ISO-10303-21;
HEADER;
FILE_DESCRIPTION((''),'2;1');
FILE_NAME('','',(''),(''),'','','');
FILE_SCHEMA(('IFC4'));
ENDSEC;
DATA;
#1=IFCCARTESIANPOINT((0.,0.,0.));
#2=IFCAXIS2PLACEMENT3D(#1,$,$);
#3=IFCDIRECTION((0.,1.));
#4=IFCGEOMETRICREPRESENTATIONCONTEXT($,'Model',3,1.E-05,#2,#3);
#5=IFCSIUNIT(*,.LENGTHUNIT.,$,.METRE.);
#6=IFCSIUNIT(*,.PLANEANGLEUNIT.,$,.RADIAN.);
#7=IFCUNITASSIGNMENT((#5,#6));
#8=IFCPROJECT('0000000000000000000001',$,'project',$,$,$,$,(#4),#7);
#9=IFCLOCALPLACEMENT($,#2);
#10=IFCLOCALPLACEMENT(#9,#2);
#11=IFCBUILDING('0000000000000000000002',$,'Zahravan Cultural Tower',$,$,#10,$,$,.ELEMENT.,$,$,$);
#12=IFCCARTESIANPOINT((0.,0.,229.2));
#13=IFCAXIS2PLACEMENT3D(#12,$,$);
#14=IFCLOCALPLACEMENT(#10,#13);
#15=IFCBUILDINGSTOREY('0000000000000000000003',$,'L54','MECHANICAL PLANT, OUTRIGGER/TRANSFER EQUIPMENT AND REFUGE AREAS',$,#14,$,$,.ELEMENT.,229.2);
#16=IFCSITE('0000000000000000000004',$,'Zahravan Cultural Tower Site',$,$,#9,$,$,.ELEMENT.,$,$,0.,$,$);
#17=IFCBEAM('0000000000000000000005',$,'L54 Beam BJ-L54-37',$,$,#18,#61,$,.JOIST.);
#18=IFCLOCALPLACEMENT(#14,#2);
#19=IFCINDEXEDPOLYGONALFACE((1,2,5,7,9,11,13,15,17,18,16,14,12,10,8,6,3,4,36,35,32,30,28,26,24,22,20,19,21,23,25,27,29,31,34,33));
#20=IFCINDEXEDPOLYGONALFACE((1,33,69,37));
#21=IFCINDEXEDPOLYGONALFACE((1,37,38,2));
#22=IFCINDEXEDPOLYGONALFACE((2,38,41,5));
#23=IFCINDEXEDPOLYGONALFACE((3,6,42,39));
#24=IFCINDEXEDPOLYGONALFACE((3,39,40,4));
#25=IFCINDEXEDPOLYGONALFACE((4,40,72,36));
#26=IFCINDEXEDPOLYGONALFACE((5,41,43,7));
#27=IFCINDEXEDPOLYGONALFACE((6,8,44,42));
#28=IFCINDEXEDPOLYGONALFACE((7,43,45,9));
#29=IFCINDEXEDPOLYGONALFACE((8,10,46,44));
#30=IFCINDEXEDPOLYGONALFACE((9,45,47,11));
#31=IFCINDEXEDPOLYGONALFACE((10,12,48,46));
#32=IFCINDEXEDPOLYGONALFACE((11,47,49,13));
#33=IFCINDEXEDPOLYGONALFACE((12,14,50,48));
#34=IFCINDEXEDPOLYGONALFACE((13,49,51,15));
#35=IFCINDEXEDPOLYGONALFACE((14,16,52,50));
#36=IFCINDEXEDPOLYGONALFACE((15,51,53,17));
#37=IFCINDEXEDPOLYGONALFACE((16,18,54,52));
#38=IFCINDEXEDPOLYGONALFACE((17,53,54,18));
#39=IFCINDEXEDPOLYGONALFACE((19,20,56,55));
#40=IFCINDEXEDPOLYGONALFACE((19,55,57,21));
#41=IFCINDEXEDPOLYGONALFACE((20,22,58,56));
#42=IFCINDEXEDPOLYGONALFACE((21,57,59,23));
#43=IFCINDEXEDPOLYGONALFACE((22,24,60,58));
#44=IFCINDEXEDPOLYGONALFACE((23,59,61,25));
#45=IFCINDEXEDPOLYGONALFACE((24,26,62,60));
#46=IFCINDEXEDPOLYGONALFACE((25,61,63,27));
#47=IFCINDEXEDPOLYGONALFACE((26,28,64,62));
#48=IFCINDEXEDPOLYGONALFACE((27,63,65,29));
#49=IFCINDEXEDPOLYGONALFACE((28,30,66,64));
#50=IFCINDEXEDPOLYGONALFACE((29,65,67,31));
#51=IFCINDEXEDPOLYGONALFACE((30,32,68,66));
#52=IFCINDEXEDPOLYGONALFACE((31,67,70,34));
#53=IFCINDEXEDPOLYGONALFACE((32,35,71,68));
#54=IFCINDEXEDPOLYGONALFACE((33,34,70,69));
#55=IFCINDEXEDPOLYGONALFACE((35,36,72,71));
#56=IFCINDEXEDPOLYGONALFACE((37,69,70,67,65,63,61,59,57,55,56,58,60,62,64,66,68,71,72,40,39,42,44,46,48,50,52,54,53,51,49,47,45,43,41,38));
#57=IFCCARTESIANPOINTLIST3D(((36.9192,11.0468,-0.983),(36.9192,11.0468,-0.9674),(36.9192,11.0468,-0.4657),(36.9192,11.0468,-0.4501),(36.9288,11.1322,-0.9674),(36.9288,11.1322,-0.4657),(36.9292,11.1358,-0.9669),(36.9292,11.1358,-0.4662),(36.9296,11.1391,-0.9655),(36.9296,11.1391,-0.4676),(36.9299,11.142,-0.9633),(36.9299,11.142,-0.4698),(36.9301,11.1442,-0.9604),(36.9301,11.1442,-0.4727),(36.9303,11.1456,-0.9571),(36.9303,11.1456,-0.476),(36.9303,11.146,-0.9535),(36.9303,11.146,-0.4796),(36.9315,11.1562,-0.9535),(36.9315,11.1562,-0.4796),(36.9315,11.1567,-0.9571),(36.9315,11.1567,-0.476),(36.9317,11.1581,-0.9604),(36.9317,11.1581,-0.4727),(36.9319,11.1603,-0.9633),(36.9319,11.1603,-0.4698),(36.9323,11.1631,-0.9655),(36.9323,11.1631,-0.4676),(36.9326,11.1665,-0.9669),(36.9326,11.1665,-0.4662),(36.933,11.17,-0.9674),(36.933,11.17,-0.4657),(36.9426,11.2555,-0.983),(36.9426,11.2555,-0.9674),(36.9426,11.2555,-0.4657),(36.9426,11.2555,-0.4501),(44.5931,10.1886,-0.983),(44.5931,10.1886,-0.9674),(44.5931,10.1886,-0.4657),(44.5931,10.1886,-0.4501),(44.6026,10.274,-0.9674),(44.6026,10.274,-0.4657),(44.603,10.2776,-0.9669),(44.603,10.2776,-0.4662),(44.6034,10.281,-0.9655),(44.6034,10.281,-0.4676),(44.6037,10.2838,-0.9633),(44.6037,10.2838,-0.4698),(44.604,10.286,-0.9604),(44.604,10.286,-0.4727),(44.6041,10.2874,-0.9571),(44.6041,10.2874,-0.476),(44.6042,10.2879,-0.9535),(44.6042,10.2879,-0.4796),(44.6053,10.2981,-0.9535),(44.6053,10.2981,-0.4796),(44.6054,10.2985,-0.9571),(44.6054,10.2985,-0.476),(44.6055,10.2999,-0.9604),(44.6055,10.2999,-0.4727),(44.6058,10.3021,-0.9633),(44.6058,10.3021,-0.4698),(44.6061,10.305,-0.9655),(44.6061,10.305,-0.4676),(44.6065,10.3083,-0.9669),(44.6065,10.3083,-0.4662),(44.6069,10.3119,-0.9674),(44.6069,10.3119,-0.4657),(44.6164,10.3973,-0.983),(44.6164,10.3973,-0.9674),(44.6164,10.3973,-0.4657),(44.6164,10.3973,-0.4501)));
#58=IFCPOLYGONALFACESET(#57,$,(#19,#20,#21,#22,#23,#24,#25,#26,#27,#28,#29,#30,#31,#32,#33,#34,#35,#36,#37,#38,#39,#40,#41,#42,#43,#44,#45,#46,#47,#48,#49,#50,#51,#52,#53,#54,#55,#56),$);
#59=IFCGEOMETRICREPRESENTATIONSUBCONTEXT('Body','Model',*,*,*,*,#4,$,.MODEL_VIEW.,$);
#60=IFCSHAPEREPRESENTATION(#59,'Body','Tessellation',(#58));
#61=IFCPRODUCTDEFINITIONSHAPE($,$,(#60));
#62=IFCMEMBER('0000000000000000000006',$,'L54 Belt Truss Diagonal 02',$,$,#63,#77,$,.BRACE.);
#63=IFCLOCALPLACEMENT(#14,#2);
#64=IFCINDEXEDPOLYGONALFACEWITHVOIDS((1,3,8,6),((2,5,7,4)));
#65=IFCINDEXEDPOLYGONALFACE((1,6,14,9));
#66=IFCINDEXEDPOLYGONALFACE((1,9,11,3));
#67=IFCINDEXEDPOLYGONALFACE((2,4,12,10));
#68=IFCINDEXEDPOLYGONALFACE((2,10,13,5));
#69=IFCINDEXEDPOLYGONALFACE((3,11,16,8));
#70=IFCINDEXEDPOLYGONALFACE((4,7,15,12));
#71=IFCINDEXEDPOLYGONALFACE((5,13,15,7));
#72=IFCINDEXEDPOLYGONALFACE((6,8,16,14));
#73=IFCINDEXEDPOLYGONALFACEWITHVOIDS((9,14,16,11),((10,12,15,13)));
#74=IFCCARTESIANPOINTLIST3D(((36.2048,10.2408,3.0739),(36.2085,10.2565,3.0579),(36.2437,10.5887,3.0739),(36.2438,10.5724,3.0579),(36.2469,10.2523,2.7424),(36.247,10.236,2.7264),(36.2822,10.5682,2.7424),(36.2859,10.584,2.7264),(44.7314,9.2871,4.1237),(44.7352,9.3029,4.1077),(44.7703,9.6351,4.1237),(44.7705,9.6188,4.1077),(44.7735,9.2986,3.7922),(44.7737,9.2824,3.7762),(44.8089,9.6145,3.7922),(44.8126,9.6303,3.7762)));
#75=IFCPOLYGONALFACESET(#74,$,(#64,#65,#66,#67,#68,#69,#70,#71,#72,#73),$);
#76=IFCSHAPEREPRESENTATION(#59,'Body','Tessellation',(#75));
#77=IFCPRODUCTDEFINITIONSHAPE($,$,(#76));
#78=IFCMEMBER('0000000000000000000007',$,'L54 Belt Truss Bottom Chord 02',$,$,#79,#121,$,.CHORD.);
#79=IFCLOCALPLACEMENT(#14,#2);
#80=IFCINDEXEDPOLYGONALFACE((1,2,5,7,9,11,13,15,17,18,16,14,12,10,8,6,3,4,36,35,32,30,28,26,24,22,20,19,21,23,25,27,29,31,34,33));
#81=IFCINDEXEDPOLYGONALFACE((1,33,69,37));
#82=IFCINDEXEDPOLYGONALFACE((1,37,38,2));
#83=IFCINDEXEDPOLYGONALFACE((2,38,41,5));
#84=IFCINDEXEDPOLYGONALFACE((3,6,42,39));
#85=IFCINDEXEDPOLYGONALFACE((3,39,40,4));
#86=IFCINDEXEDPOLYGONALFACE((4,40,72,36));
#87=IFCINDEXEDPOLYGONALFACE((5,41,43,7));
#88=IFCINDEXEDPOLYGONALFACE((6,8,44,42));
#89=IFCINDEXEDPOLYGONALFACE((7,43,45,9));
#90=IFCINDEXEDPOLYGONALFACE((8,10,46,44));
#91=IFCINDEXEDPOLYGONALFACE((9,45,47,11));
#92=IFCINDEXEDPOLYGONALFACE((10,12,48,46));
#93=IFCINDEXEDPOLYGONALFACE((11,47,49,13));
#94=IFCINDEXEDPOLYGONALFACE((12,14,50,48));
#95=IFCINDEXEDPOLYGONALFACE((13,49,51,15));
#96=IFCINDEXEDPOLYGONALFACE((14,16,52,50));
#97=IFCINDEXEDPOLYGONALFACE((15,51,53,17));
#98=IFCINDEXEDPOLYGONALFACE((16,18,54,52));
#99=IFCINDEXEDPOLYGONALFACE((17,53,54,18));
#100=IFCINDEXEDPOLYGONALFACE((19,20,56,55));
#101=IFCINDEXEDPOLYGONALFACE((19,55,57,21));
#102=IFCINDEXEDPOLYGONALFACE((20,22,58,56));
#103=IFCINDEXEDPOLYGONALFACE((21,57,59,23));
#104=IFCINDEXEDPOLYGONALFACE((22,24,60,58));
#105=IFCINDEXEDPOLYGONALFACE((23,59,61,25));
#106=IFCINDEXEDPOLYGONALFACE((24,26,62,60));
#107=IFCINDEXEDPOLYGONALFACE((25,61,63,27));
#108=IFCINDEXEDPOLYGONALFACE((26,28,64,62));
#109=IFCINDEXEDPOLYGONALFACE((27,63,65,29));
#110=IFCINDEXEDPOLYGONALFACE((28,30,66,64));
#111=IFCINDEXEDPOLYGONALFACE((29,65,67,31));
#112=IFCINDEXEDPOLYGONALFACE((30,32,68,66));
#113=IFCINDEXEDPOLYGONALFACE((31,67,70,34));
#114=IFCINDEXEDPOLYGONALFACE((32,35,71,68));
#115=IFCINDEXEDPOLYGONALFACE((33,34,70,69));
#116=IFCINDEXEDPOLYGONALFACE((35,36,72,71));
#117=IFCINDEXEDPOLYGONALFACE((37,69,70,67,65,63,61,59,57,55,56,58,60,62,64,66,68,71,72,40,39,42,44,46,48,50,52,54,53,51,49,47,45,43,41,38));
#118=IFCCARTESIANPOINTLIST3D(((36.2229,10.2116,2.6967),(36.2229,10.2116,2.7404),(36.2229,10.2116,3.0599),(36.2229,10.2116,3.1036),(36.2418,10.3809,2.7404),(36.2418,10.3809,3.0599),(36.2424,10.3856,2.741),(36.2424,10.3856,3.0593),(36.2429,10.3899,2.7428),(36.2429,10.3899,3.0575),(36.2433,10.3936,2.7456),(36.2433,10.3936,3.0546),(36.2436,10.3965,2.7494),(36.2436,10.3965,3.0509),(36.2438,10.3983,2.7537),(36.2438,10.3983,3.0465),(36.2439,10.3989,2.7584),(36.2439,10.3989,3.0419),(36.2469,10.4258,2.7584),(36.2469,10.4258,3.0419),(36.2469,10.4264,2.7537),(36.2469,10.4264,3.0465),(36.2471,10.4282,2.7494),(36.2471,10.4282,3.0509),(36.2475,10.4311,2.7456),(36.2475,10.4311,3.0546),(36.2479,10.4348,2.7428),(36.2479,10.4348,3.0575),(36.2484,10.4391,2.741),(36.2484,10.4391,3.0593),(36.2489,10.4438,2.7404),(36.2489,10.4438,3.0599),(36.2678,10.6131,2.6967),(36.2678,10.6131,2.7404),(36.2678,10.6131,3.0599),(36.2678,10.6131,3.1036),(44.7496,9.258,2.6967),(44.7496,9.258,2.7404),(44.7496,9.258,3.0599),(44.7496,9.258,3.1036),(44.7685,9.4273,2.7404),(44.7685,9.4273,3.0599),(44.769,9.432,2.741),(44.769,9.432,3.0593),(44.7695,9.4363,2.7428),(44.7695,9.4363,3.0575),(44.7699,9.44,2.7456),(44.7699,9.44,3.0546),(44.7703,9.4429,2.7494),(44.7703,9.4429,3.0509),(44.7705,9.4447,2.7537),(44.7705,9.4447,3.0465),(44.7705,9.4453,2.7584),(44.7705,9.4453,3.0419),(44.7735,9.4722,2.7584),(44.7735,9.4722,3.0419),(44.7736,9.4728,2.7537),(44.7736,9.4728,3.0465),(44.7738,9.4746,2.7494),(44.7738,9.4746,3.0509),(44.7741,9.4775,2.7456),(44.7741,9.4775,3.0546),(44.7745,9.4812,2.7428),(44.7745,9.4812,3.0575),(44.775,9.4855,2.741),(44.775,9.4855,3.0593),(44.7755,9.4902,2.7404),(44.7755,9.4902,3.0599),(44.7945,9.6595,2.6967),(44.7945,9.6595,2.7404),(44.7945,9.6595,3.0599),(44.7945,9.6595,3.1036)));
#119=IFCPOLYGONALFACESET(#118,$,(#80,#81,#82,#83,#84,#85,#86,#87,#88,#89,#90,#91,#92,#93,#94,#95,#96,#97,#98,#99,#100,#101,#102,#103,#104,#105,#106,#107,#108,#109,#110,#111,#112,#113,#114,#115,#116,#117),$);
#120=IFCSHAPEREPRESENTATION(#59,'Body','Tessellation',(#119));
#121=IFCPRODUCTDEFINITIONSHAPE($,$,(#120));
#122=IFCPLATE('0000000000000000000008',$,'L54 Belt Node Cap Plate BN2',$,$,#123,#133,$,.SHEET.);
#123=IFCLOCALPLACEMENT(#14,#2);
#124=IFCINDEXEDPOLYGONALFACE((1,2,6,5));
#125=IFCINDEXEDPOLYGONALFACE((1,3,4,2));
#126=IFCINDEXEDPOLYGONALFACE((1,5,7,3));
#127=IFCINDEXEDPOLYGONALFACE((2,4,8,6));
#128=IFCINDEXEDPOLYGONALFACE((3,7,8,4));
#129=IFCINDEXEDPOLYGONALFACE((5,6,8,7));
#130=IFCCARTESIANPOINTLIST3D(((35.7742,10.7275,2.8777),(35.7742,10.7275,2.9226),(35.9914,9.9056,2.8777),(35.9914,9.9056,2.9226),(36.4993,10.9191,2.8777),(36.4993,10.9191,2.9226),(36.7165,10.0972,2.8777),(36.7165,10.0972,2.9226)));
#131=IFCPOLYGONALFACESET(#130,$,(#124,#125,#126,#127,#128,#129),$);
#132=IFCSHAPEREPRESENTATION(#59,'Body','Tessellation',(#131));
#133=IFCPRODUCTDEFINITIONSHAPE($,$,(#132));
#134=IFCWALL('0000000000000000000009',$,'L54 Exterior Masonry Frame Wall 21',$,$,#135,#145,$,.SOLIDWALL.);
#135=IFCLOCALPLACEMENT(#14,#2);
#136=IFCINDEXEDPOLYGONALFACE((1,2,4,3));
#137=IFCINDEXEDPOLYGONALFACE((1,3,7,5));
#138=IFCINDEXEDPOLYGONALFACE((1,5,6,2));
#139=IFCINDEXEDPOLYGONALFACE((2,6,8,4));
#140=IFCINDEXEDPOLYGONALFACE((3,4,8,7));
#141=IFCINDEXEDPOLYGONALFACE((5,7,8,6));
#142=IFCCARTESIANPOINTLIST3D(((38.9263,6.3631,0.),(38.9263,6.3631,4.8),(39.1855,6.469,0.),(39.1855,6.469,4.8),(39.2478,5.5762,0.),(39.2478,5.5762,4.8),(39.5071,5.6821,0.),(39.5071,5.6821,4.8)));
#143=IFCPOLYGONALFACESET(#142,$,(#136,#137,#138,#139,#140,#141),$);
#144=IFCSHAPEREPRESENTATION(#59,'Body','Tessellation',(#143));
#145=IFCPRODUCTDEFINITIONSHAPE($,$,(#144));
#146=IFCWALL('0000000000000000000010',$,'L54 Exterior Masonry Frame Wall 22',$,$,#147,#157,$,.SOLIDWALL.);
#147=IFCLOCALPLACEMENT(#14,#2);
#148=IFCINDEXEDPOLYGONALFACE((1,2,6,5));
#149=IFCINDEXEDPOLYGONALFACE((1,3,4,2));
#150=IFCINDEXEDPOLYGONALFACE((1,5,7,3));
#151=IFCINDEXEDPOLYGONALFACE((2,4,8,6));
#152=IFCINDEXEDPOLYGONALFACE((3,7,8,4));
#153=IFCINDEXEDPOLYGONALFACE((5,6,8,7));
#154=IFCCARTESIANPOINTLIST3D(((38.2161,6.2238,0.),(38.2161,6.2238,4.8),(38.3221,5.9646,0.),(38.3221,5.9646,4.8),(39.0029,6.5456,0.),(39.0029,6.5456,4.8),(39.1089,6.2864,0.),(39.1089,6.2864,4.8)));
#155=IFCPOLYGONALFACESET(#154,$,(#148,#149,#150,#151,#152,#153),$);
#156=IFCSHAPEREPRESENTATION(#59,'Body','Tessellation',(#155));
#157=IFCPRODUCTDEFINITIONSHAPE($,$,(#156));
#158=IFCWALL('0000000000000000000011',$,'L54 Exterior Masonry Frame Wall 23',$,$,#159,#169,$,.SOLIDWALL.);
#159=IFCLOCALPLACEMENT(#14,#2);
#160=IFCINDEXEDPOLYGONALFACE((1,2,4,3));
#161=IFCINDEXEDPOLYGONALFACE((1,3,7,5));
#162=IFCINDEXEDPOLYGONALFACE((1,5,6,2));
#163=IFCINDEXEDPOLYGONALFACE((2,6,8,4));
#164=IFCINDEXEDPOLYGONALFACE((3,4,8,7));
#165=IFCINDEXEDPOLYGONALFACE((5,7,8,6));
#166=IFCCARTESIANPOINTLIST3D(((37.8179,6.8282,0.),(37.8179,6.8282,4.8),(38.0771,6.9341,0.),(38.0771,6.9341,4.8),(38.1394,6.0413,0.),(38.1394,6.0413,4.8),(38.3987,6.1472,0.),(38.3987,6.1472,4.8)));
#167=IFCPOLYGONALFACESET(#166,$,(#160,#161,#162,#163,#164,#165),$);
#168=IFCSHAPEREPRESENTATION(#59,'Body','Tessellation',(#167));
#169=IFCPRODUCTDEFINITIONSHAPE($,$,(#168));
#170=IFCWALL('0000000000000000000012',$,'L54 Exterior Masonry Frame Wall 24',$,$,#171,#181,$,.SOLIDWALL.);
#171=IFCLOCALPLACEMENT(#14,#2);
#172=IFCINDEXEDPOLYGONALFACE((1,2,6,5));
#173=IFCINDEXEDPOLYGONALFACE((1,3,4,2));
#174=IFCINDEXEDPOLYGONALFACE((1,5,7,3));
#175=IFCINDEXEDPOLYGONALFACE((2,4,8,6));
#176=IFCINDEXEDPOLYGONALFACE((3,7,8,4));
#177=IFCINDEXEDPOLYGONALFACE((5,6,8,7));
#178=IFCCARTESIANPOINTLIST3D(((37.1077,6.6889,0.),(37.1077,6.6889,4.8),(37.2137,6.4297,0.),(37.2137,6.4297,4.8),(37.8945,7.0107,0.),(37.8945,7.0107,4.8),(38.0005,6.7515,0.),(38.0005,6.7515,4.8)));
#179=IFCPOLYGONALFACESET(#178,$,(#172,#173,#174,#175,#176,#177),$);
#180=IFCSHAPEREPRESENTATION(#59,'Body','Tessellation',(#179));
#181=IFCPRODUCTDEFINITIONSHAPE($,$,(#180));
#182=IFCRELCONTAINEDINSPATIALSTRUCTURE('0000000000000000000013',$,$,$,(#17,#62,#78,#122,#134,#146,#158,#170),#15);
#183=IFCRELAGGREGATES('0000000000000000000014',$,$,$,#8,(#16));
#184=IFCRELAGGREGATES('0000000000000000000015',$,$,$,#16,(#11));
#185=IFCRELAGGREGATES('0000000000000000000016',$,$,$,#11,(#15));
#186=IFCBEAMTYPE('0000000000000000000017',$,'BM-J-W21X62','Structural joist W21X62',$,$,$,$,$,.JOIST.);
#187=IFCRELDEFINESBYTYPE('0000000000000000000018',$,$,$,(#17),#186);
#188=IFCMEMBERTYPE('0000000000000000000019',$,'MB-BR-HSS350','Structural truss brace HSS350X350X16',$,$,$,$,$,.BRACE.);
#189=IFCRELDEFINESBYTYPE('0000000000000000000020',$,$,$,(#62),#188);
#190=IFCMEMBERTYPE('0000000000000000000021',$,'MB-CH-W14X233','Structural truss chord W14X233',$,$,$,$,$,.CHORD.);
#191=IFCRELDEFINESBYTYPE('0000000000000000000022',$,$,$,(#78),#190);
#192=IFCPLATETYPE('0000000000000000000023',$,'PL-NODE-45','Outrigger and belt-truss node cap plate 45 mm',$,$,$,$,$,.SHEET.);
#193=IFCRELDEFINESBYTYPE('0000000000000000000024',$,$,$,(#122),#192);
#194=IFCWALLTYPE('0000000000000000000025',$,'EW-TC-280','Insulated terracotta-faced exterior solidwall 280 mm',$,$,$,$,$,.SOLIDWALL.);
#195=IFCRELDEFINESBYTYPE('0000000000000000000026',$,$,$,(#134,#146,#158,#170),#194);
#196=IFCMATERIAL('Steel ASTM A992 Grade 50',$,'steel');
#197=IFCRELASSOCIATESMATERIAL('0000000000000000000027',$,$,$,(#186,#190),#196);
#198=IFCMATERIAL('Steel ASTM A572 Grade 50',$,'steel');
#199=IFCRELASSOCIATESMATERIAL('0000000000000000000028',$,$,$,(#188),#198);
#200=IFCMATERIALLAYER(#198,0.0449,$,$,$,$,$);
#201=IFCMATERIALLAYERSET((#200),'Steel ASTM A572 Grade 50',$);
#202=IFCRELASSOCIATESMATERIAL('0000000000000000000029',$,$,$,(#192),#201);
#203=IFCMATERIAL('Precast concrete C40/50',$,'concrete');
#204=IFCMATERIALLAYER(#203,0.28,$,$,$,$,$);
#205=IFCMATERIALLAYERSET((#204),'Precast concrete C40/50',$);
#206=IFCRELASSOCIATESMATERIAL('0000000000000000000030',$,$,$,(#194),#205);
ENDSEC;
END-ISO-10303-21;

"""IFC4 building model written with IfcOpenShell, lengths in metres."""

from ifc_helpers import new_model, si_unit, direction, frame, frame_2d, origin, origin_2d, place, context, subcontext, project, spatial, rectangle, hollow_rectangle, i_section, extrude, source, transform, mapped, material, layer, layer_set, material_profile, profile_set, type_object, element, save


model = new_model("IFC4")

# Units and contexts
model_context = context("Model", 3, precision=1e-05, world=origin(), true_north=direction((0.0, 1.0)))
body_context = subcontext(model_context, "Body", "Model", "MODEL_VIEW")
ifc_project = project(units=[si_unit("LENGTHUNIT", "METRE"), si_unit("PLANEANGLEUNIT", "RADIAN")], contexts=[model_context])

# Site, building, storey
site_placement = place(None, origin())
site = spatial("IfcSite", under=ifc_project, at=site_placement, Name="Zahravan Cultural Tower Site", CompositionType="ELEMENT", RefElevation=0.0)
building_placement = place(site_placement, origin())
building = spatial("IfcBuilding", under=site, at=building_placement, Name="Zahravan Cultural Tower", CompositionType="ELEMENT")
storey_placement = place(building_placement, frame((0.0, 0.0, 229.2)))
storey = spatial("IfcBuildingStorey", under=building, at=storey_placement, Name="L54", Description="MECHANICAL PLANT, OUTRIGGER/TRANSFER EQUIPMENT AND REFUGE AREAS", CompositionType="ELEMENT", Elevation=229.2)

# Shared definitions
ifc_material_1 = material(Name="Steel ASTM A992 Grade 50", Category="steel")

# Beam
ifc_material_profile_1 = material_profile(ifc_material_1, i_section(OverallWidth=0.21, OverallDepth=0.533, WebThickness=0.0103, FlangeThickness=0.0156, FilletRadius=0.0139, at=origin_2d()), Name="W21X62")
ifc_profile_set_1 = profile_set([ifc_material_profile_1], Name="Steel ASTM A992 Grade 50")
beam_type_1 = type_object("IfcBeamType", Name="BM-J-W21X62", Description="Structural joist W21X62", PredefinedType="JOIST", material=ifc_profile_set_1)
shared_shape_1 = source(origin(), body_context, "Body", "SweptSolid", [
    extrude(i_section(OverallWidth=0.21, OverallDepth=0.533, WebThickness=0.0103, FlangeThickness=0.0156, FilletRadius=0.0139, at=origin_2d()), origin(), (0.0, 0.0, 1.0), 7.7217),
])
beam_1_placement = place(storey_placement, frame((36.9309, 11.1511, -0.7166), z_axis=(0.993805, -0.111136, 0.0), x_axis=(0.111136, 0.993805, 0.0)))
element("IfcBeam", 1, at=beam_1_placement, inside=storey, type_object=beam_type_1, Name="L54 Beam BJ-L54-37", PredefinedType="JOIST", context=body_context, shape_type="MappedRepresentation", body=[
    mapped(shared_shape_1, transform((0.0, 0.0, 0.0), x_axis=(1.0, 0.0, 0.0), y_axis=(0.0, 1.0, 0.0), z_axis=(0.0, 0.0, 1.0), scale=1.0)),
])

# Members
ifc_material_2 = material(Name="Steel ASTM A572 Grade 50", Category="steel")
ifc_material_profile_2 = material_profile(ifc_material_2, hollow_rectangle(XDim=0.3501, YDim=0.3501, WallThickness=0.0161, at=origin_2d()), Name="HSS350X350X16")
ifc_profile_set_2 = profile_set([ifc_material_profile_2], Name="Steel ASTM A572 Grade 50")
member_type_1 = type_object("IfcMemberType", Name="MB-BR-HSS350", Description="Structural truss brace HSS350X350X16", PredefinedType="BRACE", material=ifc_profile_set_2)
shared_shape_2 = source(origin(), body_context, "Body", "SweptSolid", [
    extrude(hollow_rectangle(XDim=0.3501, YDim=0.3501, WallThickness=0.0161, at=origin_2d()), origin(), (0.0, 0.0, 1.0), 8.6438),
])
member_1_placement = place(storey_placement, frame((36.2454, 10.4124, 2.9001), z_axis=(0.986447, -0.110324, 0.121452), x_axis=(0.111147, 0.993804, 0.0)))
element("IfcMember", 2, at=member_1_placement, inside=storey, type_object=member_type_1, Name="L54 Belt Truss Diagonal 02", PredefinedType="BRACE", context=body_context, shape_type="MappedRepresentation", body=[
    mapped(shared_shape_2, transform((0.0, 0.0, 0.0), x_axis=(1.0, 0.0, 0.0), y_axis=(0.0, 1.0, 0.0), z_axis=(0.0, 0.0, 1.0), scale=1.0)),
])
ifc_material_profile_3 = material_profile(ifc_material_1, i_section(OverallWidth=0.4041, OverallDepth=0.407, WebThickness=0.0271, FlangeThickness=0.0437, FilletRadius=0.0181, at=origin_2d()), Name="W14X233")
ifc_profile_set_3 = profile_set([ifc_material_profile_3], Name="Steel ASTM A992 Grade 50")
member_type_2 = type_object("IfcMemberType", Name="MB-CH-W14X233", Description="Structural truss chord W14X233", PredefinedType="CHORD", material=ifc_profile_set_3)
shared_shape_3 = source(origin(), body_context, "Body", "SweptSolid", [
    extrude(i_section(OverallWidth=0.4041, OverallDepth=0.407, WebThickness=0.0271, FlangeThickness=0.0437, FilletRadius=0.0181, at=origin_2d()), origin(), (0.0, 0.0, 1.0), 8.5798),
])
member_2_placement = place(storey_placement, frame((36.2454, 10.4124, 2.9001), z_axis=(0.993804, -0.111147, 0.0), x_axis=(0.111147, 0.993804, 0.0)))
element("IfcMember", 3, at=member_2_placement, inside=storey, type_object=member_type_2, Name="L54 Belt Truss Bottom Chord 02", PredefinedType="CHORD", context=body_context, shape_type="MappedRepresentation", body=[
    mapped(shared_shape_3, transform((0.0, 0.0, 0.0), x_axis=(1.0, 0.0, 0.0), y_axis=(0.0, 1.0, 0.0), z_axis=(0.0, 0.0, 1.0), scale=1.0)),
])

# Plate
ifc_layer_1 = layer(ifc_material_2, 0.0449)
ifc_layer_set_1 = layer_set([ifc_layer_1], Name="Steel ASTM A572 Grade 50")
plate_type = type_object("IfcPlateType", Name="PL-NODE-45", Description="Outrigger and belt-truss node cap plate 45 mm", PredefinedType="SHEET", material=ifc_layer_set_1)
shared_shape_4 = source(origin(), body_context, "Body", "SweptSolid", [
    extrude(rectangle(XDim=0.8501, YDim=0.75, at=origin_2d()), origin(), (0.0, 0.0, 1.0), 0.0449),
])
plate_placement = place(storey_placement, frame((36.2454, 10.4124, 2.8777), z_axis=(0.0, 0.0, 1.0), x_axis=(-0.255446, 0.966823, 0.0)))
element("IfcPlate", 4, at=plate_placement, inside=storey, type_object=plate_type, Name="L54 Belt Node Cap Plate BN2", PredefinedType="SHEET", context=body_context, shape_type="MappedRepresentation", body=[
    mapped(shared_shape_4, transform((0.0, 0.0, 0.0), x_axis=(1.0, 0.0, 0.0), y_axis=(0.0, 1.0, 0.0), z_axis=(0.0, 0.0, 1.0), scale=1.0)),
])

# Walls
ifc_material_3 = material(Name="Precast concrete C40/50", Category="concrete")
ifc_layer_2 = layer(ifc_material_3, 0.28)
ifc_layer_set_2 = layer_set([ifc_layer_2], Name="Precast concrete C40/50")
wall_type_1 = type_object("IfcWallType", Name="EW-TC-280", Description="Insulated terracotta-faced exterior solidwall 280 mm", PredefinedType="SOLIDWALL", material=ifc_layer_set_2)
shared_shape_5 = source(origin(), body_context, "Body", "SweptSolid", [
    extrude(rectangle(XDim=0.8501, YDim=0.28, at=frame_2d((0.425, 0.0))), origin(), (0.0, 0.0, 1.0), 4.8),
])
for number, where, z_axis, x_axis, name in (
    (5, (39.3774, 5.6292, 0.0), (0.0, 0.0, 1.0), (-0.378264, 0.925698, 0.0), "L54 Exterior Masonry Frame Wall 21"),
    (6, (39.0559, 6.416, 0.0), (0.0, 0.0, 1.0), (-0.925597, -0.37851, 0.0), "L54 Exterior Masonry Frame Wall 22"),
    (7, (38.269, 6.0942, 0.0), (0.0, 0.0, 1.0), (-0.378264, 0.925698, 0.0), "L54 Exterior Masonry Frame Wall 23"),
    (8, (37.9475, 6.8811, 0.0), (0.0, 0.0, 1.0), (-0.925597, -0.37851, 0.0), "L54 Exterior Masonry Frame Wall 24"),
):
    element("IfcWall", number, at=place(storey_placement, frame(where, z_axis=z_axis, x_axis=x_axis)), inside=storey, type_object=wall_type_1, Name=name, PredefinedType="SOLIDWALL", context=body_context, shape_type="MappedRepresentation", body=[
        mapped(shared_shape_5, transform((0.0, 0.0, 0.0), x_axis=(1.0, 0.0, 0.0), y_axis=(0.0, 1.0, 0.0), z_axis=(0.0, 0.0, 1.0), scale=1.0)),
    ])

save(model, "model.ifc")
